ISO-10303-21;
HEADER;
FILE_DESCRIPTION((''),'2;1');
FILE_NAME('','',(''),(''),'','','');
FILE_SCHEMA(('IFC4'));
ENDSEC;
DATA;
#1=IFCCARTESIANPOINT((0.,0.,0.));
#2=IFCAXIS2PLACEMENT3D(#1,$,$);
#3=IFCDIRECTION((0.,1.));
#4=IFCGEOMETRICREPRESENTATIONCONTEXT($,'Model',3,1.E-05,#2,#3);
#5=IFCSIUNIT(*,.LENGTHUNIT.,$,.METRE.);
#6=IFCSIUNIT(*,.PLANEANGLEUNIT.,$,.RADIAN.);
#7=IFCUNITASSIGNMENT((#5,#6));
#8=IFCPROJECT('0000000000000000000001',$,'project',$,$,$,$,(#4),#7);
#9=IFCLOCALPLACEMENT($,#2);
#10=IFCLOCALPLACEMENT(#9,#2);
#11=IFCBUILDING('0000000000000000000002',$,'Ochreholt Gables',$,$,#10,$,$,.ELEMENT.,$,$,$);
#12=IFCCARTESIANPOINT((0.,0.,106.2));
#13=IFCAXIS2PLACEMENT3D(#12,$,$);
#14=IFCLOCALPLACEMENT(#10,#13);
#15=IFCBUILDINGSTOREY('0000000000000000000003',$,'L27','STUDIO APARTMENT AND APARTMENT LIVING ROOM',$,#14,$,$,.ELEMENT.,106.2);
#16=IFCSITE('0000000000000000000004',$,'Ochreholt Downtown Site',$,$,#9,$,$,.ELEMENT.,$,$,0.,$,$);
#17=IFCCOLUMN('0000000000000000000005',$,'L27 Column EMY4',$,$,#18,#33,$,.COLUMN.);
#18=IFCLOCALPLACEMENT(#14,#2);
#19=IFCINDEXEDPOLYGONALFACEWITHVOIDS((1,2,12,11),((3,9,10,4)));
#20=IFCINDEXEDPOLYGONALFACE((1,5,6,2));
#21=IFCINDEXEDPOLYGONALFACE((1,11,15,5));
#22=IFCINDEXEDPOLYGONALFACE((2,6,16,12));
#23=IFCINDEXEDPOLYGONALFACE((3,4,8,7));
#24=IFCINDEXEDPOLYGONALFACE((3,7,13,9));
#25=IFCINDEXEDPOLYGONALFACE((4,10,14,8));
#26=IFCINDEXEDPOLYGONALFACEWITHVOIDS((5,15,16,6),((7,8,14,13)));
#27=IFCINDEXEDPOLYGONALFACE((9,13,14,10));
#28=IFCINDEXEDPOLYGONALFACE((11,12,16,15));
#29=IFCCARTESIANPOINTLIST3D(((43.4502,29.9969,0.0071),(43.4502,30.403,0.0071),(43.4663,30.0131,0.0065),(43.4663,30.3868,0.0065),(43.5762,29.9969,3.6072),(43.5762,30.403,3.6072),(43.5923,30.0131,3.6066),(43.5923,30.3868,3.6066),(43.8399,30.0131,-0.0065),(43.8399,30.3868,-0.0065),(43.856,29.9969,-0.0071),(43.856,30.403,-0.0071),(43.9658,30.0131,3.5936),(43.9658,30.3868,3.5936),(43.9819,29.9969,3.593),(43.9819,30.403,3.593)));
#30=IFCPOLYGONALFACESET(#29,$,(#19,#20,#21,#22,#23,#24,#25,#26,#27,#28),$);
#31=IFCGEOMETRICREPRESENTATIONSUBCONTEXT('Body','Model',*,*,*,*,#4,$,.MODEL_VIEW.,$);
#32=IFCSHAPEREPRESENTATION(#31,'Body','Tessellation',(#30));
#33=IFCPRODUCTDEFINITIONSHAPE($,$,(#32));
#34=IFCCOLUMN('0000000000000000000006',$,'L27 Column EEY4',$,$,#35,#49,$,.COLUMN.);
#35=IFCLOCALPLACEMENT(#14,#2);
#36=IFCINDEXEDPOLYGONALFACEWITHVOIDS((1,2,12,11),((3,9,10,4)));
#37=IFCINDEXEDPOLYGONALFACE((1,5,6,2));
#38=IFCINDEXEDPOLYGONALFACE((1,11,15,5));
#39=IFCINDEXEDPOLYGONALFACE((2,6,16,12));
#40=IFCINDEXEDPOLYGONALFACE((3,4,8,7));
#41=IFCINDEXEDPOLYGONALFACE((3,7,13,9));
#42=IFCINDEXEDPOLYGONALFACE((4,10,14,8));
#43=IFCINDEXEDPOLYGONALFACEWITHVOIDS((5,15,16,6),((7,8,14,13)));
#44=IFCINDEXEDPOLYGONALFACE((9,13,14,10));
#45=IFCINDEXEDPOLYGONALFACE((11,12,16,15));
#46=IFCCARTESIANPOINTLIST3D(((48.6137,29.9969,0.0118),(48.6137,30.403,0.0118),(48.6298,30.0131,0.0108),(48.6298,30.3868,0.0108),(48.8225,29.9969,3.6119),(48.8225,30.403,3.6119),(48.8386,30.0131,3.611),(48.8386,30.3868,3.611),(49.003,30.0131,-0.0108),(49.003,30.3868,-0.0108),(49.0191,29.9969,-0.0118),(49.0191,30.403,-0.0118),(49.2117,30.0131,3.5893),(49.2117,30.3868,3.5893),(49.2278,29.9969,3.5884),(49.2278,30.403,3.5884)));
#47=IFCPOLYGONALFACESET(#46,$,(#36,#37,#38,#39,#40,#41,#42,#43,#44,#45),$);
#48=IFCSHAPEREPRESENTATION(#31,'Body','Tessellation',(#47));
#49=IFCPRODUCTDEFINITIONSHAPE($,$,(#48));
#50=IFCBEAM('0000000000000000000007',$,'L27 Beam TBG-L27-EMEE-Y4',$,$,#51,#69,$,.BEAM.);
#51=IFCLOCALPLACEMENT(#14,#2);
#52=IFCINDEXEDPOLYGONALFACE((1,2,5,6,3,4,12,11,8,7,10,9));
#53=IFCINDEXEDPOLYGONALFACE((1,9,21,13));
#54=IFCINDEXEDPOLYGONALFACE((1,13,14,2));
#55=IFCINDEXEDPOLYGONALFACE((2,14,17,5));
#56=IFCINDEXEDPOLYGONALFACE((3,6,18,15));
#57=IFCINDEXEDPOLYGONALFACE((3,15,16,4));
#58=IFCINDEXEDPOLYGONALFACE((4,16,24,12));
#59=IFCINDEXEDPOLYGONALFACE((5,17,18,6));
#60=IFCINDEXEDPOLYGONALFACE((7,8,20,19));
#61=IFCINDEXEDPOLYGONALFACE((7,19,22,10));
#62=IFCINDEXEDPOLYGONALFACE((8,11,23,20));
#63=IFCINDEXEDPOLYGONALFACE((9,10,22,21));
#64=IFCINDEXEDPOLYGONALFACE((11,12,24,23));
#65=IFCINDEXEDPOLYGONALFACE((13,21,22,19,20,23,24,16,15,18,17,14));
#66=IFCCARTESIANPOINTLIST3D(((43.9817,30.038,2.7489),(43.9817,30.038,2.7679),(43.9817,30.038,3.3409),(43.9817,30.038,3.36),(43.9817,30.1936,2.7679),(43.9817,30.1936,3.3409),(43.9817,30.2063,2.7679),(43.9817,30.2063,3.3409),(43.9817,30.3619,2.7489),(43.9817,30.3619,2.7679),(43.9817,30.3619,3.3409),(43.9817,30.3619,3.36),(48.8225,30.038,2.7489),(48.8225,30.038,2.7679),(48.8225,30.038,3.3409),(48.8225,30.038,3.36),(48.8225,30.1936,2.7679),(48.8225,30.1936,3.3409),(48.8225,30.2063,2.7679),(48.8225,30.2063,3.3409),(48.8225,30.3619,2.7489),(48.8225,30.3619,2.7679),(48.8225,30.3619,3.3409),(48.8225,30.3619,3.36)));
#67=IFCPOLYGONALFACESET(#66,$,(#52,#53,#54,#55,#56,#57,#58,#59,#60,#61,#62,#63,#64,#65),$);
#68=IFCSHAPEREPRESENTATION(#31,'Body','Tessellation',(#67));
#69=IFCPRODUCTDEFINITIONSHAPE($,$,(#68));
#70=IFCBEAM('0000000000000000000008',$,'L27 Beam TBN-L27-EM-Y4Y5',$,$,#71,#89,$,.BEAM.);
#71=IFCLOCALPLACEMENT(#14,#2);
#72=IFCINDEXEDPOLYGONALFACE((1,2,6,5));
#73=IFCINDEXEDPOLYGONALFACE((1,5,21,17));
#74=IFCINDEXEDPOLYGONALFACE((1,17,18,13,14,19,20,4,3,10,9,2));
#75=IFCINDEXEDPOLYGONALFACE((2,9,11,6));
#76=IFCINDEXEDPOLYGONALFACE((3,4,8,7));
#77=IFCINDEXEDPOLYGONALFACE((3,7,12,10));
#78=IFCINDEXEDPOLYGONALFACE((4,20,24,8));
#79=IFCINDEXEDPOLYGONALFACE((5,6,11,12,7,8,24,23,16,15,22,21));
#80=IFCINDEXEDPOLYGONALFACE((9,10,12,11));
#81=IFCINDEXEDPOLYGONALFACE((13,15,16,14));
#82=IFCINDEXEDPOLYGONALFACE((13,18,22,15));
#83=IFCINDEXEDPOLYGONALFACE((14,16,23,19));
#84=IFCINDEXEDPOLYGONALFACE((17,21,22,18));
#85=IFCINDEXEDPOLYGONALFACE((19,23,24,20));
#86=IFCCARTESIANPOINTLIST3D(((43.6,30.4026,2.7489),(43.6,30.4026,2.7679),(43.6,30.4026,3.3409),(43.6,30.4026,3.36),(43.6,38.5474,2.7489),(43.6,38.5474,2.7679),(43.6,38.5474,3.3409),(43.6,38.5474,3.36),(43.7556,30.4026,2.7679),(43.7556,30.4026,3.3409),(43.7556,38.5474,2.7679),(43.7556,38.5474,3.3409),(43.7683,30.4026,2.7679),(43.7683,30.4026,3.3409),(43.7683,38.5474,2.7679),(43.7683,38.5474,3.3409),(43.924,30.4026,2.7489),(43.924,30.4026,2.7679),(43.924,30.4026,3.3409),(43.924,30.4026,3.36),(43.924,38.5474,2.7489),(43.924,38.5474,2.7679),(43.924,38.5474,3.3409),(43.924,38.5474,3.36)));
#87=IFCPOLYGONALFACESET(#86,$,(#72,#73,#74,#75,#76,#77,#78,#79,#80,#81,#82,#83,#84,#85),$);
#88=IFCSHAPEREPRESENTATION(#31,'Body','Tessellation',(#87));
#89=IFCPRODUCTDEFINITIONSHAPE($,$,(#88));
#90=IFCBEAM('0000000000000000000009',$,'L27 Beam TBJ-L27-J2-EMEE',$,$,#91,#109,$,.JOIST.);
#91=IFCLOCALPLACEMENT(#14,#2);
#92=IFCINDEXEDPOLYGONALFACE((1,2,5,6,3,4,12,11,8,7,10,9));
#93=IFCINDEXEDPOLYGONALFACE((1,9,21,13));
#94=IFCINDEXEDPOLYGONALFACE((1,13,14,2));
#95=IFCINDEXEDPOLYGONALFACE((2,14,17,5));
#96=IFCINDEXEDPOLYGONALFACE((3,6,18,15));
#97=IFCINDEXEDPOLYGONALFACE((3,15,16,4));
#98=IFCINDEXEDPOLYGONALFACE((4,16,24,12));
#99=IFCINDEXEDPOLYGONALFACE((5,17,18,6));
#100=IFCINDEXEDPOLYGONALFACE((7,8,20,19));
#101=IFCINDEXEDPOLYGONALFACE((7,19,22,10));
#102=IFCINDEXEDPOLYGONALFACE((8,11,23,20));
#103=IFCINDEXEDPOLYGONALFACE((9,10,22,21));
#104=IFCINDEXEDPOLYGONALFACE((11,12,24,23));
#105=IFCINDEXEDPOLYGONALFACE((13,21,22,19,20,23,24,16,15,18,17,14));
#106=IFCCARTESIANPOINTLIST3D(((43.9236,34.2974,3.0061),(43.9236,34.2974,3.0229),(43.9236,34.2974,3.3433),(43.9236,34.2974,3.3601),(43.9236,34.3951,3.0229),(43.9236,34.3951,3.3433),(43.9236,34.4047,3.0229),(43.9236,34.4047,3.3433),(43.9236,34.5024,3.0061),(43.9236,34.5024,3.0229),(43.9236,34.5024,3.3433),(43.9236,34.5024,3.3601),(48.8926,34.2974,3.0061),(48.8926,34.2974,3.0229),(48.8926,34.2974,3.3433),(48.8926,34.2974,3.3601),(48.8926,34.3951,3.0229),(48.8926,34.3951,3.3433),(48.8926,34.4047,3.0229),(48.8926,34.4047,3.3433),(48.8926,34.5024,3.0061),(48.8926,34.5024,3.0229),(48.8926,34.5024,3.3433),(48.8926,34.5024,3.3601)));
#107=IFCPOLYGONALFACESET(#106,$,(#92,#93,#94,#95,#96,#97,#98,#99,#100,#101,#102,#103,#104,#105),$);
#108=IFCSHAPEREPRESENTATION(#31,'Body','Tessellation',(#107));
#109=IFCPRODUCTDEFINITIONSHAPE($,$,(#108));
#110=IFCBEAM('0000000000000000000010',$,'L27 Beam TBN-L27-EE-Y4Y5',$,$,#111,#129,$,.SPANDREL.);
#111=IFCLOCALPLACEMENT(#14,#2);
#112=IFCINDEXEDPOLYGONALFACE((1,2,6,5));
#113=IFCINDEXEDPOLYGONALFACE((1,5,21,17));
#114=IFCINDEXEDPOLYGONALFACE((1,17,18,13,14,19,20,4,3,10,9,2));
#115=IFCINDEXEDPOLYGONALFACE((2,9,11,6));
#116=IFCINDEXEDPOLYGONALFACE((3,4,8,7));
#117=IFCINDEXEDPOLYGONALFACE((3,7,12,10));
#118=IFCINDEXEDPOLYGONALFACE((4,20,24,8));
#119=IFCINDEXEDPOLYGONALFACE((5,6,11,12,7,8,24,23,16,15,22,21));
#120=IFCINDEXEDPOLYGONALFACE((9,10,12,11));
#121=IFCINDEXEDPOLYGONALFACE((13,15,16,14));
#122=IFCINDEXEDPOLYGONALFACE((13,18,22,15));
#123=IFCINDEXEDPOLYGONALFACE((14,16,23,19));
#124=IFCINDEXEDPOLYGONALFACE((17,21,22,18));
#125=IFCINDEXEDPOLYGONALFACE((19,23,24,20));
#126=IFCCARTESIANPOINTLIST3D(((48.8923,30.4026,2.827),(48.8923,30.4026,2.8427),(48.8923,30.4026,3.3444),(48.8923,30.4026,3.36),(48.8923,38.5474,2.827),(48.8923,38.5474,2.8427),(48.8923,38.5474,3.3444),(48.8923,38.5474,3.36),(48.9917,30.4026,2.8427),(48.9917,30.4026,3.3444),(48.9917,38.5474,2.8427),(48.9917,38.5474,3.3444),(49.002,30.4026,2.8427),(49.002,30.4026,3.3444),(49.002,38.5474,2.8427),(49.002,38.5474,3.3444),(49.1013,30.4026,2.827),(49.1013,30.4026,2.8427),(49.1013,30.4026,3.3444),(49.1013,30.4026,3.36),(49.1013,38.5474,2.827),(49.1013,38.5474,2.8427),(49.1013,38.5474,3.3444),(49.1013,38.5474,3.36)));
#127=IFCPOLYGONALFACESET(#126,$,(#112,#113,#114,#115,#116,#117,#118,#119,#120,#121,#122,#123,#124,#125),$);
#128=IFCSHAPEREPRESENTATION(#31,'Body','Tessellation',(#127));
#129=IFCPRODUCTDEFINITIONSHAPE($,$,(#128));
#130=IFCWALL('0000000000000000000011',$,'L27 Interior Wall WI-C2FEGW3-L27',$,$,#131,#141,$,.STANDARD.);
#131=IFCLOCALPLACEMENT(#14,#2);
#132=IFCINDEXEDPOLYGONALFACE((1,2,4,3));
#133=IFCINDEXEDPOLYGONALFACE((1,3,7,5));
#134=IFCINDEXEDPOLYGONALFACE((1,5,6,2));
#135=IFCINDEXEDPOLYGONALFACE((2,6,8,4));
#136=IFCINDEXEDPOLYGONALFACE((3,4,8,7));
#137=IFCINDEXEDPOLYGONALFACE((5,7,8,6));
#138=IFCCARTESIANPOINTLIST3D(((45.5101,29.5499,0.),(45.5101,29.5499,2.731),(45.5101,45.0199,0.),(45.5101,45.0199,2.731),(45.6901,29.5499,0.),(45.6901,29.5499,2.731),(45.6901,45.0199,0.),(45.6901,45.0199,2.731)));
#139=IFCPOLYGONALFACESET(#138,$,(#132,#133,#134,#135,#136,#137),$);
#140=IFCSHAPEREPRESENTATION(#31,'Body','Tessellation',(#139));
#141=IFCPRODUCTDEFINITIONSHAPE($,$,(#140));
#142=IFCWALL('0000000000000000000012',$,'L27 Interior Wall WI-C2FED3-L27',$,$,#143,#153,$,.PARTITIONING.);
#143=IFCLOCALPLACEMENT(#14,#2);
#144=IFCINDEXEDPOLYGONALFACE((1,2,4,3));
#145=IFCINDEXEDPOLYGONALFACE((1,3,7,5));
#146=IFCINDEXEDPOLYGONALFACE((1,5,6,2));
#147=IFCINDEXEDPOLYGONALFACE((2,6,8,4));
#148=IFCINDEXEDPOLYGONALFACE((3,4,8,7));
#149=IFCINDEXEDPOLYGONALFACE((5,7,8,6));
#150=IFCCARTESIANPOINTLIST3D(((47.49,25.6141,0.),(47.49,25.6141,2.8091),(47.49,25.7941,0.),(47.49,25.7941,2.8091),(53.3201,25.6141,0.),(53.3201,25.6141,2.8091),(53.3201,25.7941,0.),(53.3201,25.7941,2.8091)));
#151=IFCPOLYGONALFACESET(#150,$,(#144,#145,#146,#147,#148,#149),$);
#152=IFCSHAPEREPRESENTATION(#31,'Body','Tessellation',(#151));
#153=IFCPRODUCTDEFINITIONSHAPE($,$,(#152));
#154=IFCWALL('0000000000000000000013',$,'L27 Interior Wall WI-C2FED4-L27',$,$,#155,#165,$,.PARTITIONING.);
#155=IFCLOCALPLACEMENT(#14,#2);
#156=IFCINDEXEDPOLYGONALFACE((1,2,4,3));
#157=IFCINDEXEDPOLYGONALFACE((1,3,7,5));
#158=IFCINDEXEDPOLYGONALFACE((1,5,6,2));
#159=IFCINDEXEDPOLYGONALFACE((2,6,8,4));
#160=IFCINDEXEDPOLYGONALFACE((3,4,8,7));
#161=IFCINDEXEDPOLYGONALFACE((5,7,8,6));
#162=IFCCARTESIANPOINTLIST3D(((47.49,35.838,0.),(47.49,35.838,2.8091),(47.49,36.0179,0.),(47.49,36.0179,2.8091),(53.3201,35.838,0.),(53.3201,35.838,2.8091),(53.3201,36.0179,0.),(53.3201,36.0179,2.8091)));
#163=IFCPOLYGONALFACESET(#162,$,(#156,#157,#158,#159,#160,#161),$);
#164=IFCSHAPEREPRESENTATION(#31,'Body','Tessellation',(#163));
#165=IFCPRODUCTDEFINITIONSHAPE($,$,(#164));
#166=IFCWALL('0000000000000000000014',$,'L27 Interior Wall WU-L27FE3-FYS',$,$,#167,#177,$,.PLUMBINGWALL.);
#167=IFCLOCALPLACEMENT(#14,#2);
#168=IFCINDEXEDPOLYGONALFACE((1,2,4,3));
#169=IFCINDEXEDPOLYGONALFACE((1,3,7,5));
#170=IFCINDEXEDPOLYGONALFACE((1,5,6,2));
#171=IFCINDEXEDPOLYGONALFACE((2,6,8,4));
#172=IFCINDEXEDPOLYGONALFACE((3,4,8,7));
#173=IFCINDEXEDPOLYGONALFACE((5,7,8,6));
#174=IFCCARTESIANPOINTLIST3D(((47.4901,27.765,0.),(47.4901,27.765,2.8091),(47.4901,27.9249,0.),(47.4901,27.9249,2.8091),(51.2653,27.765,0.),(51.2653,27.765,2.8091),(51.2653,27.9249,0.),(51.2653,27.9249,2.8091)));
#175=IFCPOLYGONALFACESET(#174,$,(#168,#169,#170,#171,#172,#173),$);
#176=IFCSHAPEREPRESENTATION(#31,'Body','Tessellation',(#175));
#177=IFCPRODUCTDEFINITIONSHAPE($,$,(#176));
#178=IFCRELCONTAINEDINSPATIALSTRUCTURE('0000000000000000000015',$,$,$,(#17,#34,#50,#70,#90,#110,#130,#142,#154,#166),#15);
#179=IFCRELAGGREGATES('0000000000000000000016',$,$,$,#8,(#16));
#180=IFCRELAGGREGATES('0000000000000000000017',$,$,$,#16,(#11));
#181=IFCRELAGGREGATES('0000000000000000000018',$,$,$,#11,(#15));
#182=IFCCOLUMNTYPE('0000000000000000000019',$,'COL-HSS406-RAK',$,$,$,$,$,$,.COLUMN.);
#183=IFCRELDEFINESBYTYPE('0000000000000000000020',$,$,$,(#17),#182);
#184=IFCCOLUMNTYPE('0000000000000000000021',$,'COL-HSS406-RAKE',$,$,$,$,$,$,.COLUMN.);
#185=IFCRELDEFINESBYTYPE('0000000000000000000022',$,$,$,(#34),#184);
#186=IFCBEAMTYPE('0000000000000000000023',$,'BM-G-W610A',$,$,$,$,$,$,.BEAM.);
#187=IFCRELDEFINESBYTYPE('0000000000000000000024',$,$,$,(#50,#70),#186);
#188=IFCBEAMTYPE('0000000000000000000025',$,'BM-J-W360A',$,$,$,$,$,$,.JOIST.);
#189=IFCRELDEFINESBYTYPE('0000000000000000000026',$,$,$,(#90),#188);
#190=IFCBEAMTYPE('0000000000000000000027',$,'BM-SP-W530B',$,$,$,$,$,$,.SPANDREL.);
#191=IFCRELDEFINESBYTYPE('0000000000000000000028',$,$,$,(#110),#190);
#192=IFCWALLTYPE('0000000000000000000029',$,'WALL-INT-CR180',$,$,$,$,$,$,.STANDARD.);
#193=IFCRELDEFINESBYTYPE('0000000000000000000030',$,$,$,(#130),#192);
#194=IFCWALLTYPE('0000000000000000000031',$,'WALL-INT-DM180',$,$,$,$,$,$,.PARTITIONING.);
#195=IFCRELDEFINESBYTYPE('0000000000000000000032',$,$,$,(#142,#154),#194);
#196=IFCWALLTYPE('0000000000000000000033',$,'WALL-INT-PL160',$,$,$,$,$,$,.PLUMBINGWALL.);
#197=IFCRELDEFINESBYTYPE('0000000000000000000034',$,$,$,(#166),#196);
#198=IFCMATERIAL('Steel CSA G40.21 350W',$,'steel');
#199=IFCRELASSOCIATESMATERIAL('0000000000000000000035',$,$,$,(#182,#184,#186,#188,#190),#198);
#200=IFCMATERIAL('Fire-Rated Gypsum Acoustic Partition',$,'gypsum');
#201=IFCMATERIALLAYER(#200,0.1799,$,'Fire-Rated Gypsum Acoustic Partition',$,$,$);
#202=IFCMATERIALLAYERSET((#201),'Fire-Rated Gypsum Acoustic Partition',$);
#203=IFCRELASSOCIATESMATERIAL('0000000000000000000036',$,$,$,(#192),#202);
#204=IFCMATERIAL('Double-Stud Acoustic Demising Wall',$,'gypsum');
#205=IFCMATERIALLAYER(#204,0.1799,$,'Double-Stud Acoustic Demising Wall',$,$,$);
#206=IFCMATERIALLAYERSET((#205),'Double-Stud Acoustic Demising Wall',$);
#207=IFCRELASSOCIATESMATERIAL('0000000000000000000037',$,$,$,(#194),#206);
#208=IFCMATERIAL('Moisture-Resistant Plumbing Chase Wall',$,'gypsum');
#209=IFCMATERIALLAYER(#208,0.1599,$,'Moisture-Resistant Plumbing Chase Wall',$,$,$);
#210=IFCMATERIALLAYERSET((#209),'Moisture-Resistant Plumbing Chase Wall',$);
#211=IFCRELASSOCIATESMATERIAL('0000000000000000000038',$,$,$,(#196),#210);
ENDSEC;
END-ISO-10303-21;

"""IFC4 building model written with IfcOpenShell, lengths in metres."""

from ifc_helpers import new_model, si_unit, direction, frame, frame_2d, origin, origin_2d, place, context, subcontext, project, spatial, rectangle, hollow_rectangle, i_section, extrude, material, layer, layer_set, material_profile, profile_set, type_object, element, save


model = new_model("IFC4")

# Units and contexts
model_context = context("Model", 3, precision=1e-05, world=origin(), true_north=direction((0.0, 1.0)))
body_context = subcontext(model_context, "Body", "Model", "MODEL_VIEW")
ifc_project = project(units=[si_unit("LENGTHUNIT", "METRE"), si_unit("PLANEANGLEUNIT", "RADIAN")], contexts=[model_context])

# Site, building, storey
site_placement = place(None, origin())
site = spatial("IfcSite", under=ifc_project, at=site_placement, Name="Ochreholt Downtown Site", CompositionType="ELEMENT", RefElevation=0.0)
building_placement = place(site_placement, origin())
building = spatial("IfcBuilding", under=site, at=building_placement, Name="Ochreholt Gables", CompositionType="ELEMENT")
storey_placement = place(building_placement, frame((0.0, 0.0, 106.2)))
storey = spatial("IfcBuildingStorey", under=building, at=storey_placement, Name="L27", Description="STUDIO APARTMENT AND APARTMENT LIVING ROOM", CompositionType="ELEMENT", Elevation=106.2)

# Columns
ifc_material_1 = material(Name="Steel CSA G40.21 350W", Category="steel")
ifc_material_profile_1 = material_profile(ifc_material_1, hollow_rectangle(XDim=0.406, YDim=0.406, WallThickness=0.0161, at=origin_2d()), Name="HSS406X406X16")
ifc_profile_set_1 = profile_set([ifc_material_profile_1], Name="Steel CSA G40.21 350W")
column_type_1 = type_object("IfcColumnType", Name="COL-HSS406-RAK", PredefinedType="COLUMN", material=ifc_profile_set_1)
column_1_placement = place(storey_placement, frame((43.6531, 30.2, 0.0), z_axis=(0.034971, 0.0, 0.999388), x_axis=(0.0, 1.0, 0.0)))
element("IfcColumn", 1, at=column_1_placement, inside=storey, type_object=column_type_1, Name="L27 Column EMY4", PredefinedType="COLUMN", context=body_context, shape_type="SweptSolid", body=[
    extrude(hollow_rectangle(XDim=0.406, YDim=0.406, WallThickness=0.0161, at=origin_2d()), origin(), (0.0, 0.0, 1.0), 3.6023),
])
ifc_material_profile_2 = material_profile(ifc_material_1, hollow_rectangle(XDim=0.406, YDim=0.406, WallThickness=0.0161, at=origin_2d()), Name="HSS406X406X16")
ifc_profile_set_2 = profile_set([ifc_material_profile_2], Name="Steel CSA G40.21 350W")
column_type_2 = type_object("IfcColumnType", Name="COL-HSS406-RAKE", PredefinedType="COLUMN", material=ifc_profile_set_2)
column_2_placement = place(storey_placement, frame((48.8164, 30.2, 0.0), z_axis=(0.057885, 0.0, 0.998323), x_axis=(0.0, 1.0, 0.0)))
element("IfcColumn", 2, at=column_2_placement, inside=storey, type_object=column_type_2, Name="L27 Column EEY4", PredefinedType="COLUMN", context=body_context, shape_type="SweptSolid", body=[
    extrude(hollow_rectangle(XDim=0.406, YDim=0.406, WallThickness=0.0161, at=origin_2d()), origin(), (0.0, 0.0, 1.0), 3.6062),
])

# Beams
ifc_material_profile_3 = material_profile(ifc_material_1, i_section(OverallWidth=0.324, OverallDepth=0.6111, WebThickness=0.0127, FlangeThickness=0.019, at=origin_2d()), Name="W610X155")
ifc_profile_set_3 = profile_set([ifc_material_profile_3], Name="Steel CSA G40.21 350W")
beam_type_1 = type_object("IfcBeamType", Name="BM-G-W610A", PredefinedType="BEAM", material=ifc_profile_set_3)
beam_1_placement = place(storey_placement, frame((43.9817, 30.2, 3.0544), z_axis=(1.0, 0.0, 0.0), x_axis=(0.0, 1.0, 0.0)))
element("IfcBeam", 3, at=beam_1_placement, inside=storey, type_object=beam_type_1, Name="L27 Beam TBG-L27-EMEE-Y4", PredefinedType="BEAM", context=body_context, shape_type="SweptSolid", body=[
    extrude(i_section(OverallWidth=0.324, OverallDepth=0.6111, WebThickness=0.0127, FlangeThickness=0.019, at=origin_2d()), origin(), (0.0, 0.0, 1.0), 4.8408),
])
beam_2_placement = place(storey_placement, frame((43.762, 30.4026, 3.0544), z_axis=(0.0, 1.0, 0.0), x_axis=(-1.0, 0.0, 0.0)))
element("IfcBeam", 4, at=beam_2_placement, inside=storey, type_object=beam_type_1, Name="L27 Beam TBN-L27-EM-Y4Y5", PredefinedType="BEAM", context=body_context, shape_type="SweptSolid", body=[
    extrude(i_section(OverallWidth=0.324, OverallDepth=0.6111, WebThickness=0.0127, FlangeThickness=0.019, at=origin_2d()), origin(), (0.0, 0.0, 1.0), 8.1448),
])
ifc_material_profile_4 = material_profile(ifc_material_1, i_section(OverallWidth=0.2051, OverallDepth=0.354, WebThickness=0.0095, FlangeThickness=0.0168, at=origin_2d()), Name="W360X79")
ifc_profile_set_4 = profile_set([ifc_material_profile_4], Name="Steel CSA G40.21 350W")
beam_type_2 = type_object("IfcBeamType", Name="BM-J-W360A", PredefinedType="JOIST", material=ifc_profile_set_4)
beam_3_placement = place(storey_placement, frame((43.9236, 34.3999, 3.1831), z_axis=(1.0, 0.0, 0.0), x_axis=(0.0, 1.0, 0.0)))
element("IfcBeam", 5, at=beam_3_placement, inside=storey, type_object=beam_type_2, Name="L27 Beam TBJ-L27-J2-EMEE", PredefinedType="JOIST", context=body_context, shape_type="SweptSolid", body=[
    extrude(i_section(OverallWidth=0.2051, OverallDepth=0.354, WebThickness=0.0095, FlangeThickness=0.0168, at=origin_2d()), origin(), (0.0, 0.0, 1.0), 4.969),
])
ifc_material_profile_5 = material_profile(ifc_material_1, i_section(OverallWidth=0.209, OverallDepth=0.533, WebThickness=0.0103, FlangeThickness=0.0156, at=origin_2d()), Name="W530X92")
ifc_profile_set_5 = profile_set([ifc_material_profile_5], Name="Steel CSA G40.21 350W")
beam_type_3 = type_object("IfcBeamType", Name="BM-SP-W530B", PredefinedType="SPANDREL", material=ifc_profile_set_5)
beam_4_placement = place(storey_placement, frame((48.9968, 30.4026, 3.0935), z_axis=(0.0, 1.0, 0.0), x_axis=(-1.0, 0.0, 0.0)))
element("IfcBeam", 6, at=beam_4_placement, inside=storey, type_object=beam_type_3, Name="L27 Beam TBN-L27-EE-Y4Y5", PredefinedType="SPANDREL", context=body_context, shape_type="SweptSolid", body=[
    extrude(i_section(OverallWidth=0.209, OverallDepth=0.533, WebThickness=0.0103, FlangeThickness=0.0156, at=origin_2d()), origin(), (0.0, 0.0, 1.0), 8.1448),
])

# Walls
ifc_material_2 = material(Name="Fire-Rated Gypsum Acoustic Partition", Category="gypsum")
ifc_layer_1 = layer(ifc_material_2, 0.1799, Name="Fire-Rated Gypsum Acoustic Partition")
ifc_layer_set_1 = layer_set([ifc_layer_1], Name="Fire-Rated Gypsum Acoustic Partition")
wall_type_1 = type_object("IfcWallType", Name="WALL-INT-CR180", PredefinedType="STANDARD", material=ifc_layer_set_1)
wall_1_placement = place(storey_placement, frame((45.6001, 29.55, 0.0), z_axis=(0.0, 0.0, 1.0), x_axis=(0.0, 1.0, 0.0)))
element("IfcWall", 7, at=wall_1_placement, inside=storey, type_object=wall_type_1, Name="L27 Interior Wall WI-C2FEGW3-L27", PredefinedType="STANDARD", context=body_context, shape_type="SweptSolid", body=[
    extrude(rectangle(XDim=15.47, YDim=0.1799, at=frame_2d((7.7349, 0.0))), origin(), (0.0, 0.0, 1.0), 2.731),
])
ifc_material_3 = material(Name="Double-Stud Acoustic Demising Wall", Category="gypsum")
ifc_layer_2 = layer(ifc_material_3, 0.1799, Name="Double-Stud Acoustic Demising Wall")
ifc_layer_set_2 = layer_set([ifc_layer_2], Name="Double-Stud Acoustic Demising Wall")
wall_type_2 = type_object("IfcWallType", Name="WALL-INT-DM180", PredefinedType="PARTITIONING", material=ifc_layer_set_2)
for number, where, z_axis, x_axis, name in (
    (8, (47.49, 25.7041, 0.0), (0.0, 0.0, 1.0), (1.0, 0.0, 0.0), "L27 Interior Wall WI-C2FED3-L27"),
    (9, (47.49, 35.928, 0.0), (0.0, 0.0, 1.0), (1.0, 0.0, 0.0), "L27 Interior Wall WI-C2FED4-L27"),
):
    element("IfcWall", number, at=place(storey_placement, frame(where, z_axis=z_axis, x_axis=x_axis)), inside=storey, type_object=wall_type_2, Name=name, PredefinedType="PARTITIONING", context=body_context, shape_type="SweptSolid", body=[
        extrude(rectangle(XDim=5.8301, YDim=0.1799, at=frame_2d((2.915, 0.0))), origin(), (0.0, 0.0, 1.0), 2.8091),
    ])
ifc_material_4 = material(Name="Moisture-Resistant Plumbing Chase Wall", Category="gypsum")
ifc_layer_3 = layer(ifc_material_4, 0.1599, Name="Moisture-Resistant Plumbing Chase Wall")
ifc_layer_set_3 = layer_set([ifc_layer_3], Name="Moisture-Resistant Plumbing Chase Wall")
wall_type_3 = type_object("IfcWallType", Name="WALL-INT-PL160", PredefinedType="PLUMBINGWALL", material=ifc_layer_set_3)
wall_2_placement = place(storey_placement, frame((47.49, 27.845, 0.0), z_axis=(0.0, 0.0, 1.0), x_axis=(1.0, 0.0, 0.0)))
element("IfcWall", 10, at=wall_2_placement, inside=storey, type_object=wall_type_3, Name="L27 Interior Wall WU-L27FE3-FYS", PredefinedType="PLUMBINGWALL", context=body_context, shape_type="SweptSolid", body=[
    extrude(rectangle(XDim=3.7751, YDim=0.1599, at=frame_2d((1.8877, 0.0))), origin(), (0.0, 0.0, 1.0), 2.8091),
])

save(model, "model.ifc")
